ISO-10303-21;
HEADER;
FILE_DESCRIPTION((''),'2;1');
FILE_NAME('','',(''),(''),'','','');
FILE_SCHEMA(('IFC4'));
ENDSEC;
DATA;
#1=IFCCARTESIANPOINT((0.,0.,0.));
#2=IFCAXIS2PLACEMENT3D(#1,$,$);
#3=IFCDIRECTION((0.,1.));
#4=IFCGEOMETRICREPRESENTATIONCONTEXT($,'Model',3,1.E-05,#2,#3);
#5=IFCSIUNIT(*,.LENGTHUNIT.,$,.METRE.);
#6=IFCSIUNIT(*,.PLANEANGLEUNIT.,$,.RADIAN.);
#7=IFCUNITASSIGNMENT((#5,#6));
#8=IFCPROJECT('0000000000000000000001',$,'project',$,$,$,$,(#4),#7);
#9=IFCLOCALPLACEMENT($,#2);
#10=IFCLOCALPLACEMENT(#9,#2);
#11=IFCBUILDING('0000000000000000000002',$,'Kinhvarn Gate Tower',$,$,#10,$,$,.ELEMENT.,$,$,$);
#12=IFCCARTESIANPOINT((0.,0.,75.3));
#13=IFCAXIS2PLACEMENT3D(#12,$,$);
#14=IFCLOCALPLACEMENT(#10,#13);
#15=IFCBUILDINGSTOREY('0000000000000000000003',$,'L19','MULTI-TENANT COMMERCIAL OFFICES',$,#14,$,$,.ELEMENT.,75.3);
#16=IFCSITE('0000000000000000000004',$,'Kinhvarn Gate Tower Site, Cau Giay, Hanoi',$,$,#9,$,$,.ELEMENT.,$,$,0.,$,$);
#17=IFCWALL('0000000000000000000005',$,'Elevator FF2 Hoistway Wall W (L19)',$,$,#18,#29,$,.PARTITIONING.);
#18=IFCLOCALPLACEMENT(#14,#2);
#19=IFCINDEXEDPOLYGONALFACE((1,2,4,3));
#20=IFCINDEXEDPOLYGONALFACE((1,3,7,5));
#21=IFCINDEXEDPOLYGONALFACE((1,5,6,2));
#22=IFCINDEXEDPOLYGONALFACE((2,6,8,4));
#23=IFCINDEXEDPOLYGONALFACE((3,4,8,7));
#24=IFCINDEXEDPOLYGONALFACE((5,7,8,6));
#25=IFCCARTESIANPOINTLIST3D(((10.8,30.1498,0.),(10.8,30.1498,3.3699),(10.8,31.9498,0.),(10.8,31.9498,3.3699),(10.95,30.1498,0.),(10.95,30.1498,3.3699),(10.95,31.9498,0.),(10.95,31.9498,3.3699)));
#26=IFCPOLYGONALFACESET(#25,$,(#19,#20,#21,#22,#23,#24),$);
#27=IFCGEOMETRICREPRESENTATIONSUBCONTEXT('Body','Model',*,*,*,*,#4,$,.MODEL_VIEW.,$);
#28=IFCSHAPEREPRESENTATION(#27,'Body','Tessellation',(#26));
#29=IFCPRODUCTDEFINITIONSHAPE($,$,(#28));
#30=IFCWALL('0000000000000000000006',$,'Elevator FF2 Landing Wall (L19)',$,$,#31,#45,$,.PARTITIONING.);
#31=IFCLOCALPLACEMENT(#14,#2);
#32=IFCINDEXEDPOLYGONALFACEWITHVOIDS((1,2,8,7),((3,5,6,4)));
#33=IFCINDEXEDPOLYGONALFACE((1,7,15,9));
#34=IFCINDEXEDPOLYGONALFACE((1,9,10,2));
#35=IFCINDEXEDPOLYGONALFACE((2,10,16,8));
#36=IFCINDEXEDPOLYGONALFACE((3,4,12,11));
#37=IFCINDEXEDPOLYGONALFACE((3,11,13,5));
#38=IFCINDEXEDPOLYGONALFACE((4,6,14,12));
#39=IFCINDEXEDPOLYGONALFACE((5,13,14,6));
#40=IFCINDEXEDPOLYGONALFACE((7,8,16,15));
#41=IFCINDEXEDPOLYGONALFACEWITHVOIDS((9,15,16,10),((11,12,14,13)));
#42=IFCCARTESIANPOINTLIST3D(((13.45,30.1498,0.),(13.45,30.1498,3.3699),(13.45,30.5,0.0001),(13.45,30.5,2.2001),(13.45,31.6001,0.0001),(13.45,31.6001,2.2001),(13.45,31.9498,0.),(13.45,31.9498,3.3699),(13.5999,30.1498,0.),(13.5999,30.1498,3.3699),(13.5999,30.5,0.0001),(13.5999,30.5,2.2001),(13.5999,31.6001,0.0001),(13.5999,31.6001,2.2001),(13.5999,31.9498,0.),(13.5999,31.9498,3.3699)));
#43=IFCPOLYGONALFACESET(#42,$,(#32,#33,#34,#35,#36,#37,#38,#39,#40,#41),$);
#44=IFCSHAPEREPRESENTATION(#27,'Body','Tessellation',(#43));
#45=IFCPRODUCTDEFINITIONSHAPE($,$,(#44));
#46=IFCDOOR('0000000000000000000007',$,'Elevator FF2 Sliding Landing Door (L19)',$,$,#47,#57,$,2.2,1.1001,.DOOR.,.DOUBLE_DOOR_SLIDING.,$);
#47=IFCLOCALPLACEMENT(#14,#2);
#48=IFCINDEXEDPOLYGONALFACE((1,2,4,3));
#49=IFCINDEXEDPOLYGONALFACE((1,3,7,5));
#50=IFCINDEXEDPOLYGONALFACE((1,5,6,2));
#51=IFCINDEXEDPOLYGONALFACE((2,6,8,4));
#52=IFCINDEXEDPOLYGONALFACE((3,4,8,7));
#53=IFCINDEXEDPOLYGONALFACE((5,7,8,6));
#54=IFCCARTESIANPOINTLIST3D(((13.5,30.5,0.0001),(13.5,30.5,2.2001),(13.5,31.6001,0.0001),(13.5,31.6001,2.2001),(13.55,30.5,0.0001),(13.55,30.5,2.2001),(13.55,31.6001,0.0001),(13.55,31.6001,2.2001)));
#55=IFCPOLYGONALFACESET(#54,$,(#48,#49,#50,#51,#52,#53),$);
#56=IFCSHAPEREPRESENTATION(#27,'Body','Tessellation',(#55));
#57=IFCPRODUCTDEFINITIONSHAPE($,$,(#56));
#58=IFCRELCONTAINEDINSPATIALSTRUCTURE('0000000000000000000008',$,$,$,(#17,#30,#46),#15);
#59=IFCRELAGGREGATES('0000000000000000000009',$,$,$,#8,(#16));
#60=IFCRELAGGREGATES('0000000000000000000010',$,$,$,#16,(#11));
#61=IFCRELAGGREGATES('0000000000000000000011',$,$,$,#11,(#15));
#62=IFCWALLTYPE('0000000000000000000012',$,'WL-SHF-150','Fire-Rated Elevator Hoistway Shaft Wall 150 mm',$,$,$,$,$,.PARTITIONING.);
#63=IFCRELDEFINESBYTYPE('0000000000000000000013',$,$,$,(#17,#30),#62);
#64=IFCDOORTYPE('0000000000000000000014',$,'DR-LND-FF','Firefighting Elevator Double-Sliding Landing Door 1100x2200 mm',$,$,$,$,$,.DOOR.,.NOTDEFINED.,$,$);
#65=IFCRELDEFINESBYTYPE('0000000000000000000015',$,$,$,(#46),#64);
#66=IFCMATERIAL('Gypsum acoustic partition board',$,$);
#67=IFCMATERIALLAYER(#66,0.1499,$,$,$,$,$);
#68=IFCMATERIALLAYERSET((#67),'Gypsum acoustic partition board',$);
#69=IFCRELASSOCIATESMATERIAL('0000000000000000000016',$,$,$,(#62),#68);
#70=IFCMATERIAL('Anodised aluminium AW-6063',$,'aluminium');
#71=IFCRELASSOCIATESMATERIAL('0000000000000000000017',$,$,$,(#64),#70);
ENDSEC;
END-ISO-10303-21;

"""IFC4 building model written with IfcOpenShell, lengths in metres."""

from ifc_helpers import new_model, si_unit, direction, frame, frame_2d, origin, place, context, subcontext, project, spatial, rectangle, extrude, material, layer, layer_set, type_object, element, fill, save


model = new_model("IFC4")

# Units and contexts
model_context = context("Model", 3, precision=1e-05, world=origin(), true_north=direction((0.0, 1.0)))
body_context = subcontext(model_context, "Body", "Model", "MODEL_VIEW")
ifc_project = project(units=[si_unit("LENGTHUNIT", "METRE"), si_unit("PLANEANGLEUNIT", "RADIAN")], contexts=[model_context])

# Site, building, storey
site_placement = place(None, origin())
site = spatial("IfcSite", under=ifc_project, at=site_placement, Name="Kinhvarn Gate Tower Site, Cau Giay, Hanoi", CompositionType="ELEMENT", RefElevation=0.0)
building_placement = place(site_placement, origin())
building = spatial("IfcBuilding", under=site, at=building_placement, Name="Kinhvarn Gate Tower", CompositionType="ELEMENT")
storey_placement = place(building_placement, frame((0.0, 0.0, 75.3)))
storey = spatial("IfcBuildingStorey", under=building, at=storey_placement, Name="L19", Description="MULTI-TENANT COMMERCIAL OFFICES", CompositionType="ELEMENT", Elevation=75.3)

# Shared definitions
ifc_material_1 = material(Name="Anodised aluminium AW-6063", Category="aluminium")
ifc_material_2 = material(Name="Gypsum acoustic partition board")

# Shared definitions
ifc_layer_1 = layer(ifc_material_2, 0.1499)
ifc_layer_set_1 = layer_set([ifc_layer_1], Name="Gypsum acoustic partition board")
wall_type_1 = type_object("IfcWallType", Name="WL-SHF-150", Description="Fire-Rated Elevator Hoistway Shaft Wall 150 mm", PredefinedType="PARTITIONING", material=ifc_layer_set_1)

# Wall
wall_1_placement = place(storey_placement, frame((10.875, 30.1499, 0.0), z_axis=(0.0, 0.0, 1.0), x_axis=(0.0, 1.0, 0.0)))
element("IfcWall", 1, at=wall_1_placement, inside=storey, type_object=wall_type_1, Name="Elevator FF2 Hoistway Wall W (L19)", PredefinedType="PARTITIONING", context=body_context, shape_type="SweptSolid", body=[
    extrude(rectangle(XDim=1.8, YDim=0.1499, at=frame_2d((0.8999, 0.0))), origin(), (0.0, 0.0, 1.0), 3.3699),
])

# Wall, opening, door
wall_2_placement = place(storey_placement, frame((13.5249, 30.1499, 0.0), z_axis=(0.0, 0.0, 1.0), x_axis=(0.0, 1.0, 0.0)))
wall_2 = element("IfcWall", 2, at=wall_2_placement, inside=storey, type_object=wall_type_1, Name="Elevator FF2 Landing Wall (L19)", PredefinedType="PARTITIONING", context=body_context, shape_type="SweptSolid", body=[
    extrude(rectangle(XDim=1.8, YDim=0.1499, at=frame_2d((0.8999, 0.0))), origin(), (0.0, 0.0, 1.0), 3.3699),
])
opening_1_placement = place(wall_2_placement, frame((0.3501, 0.0, 0.0)))
opening_1 = element("IfcOpeningElement", 3, at=opening_1_placement, cuts=wall_2, PredefinedType="OPENING", context=body_context, shape_type="SweptSolid", body=[
    extrude(rectangle(XDim=1.1001, YDim=2.2, at=frame_2d((0.55, 1.1001))), frame((0.0, 0.085, 0.0), z_axis=(0.0, -1.0, 0.0), x_axis=(1.0, 0.0, 0.0)), (0.0, 0.0, 1.0), 0.1699),
])
door_type_1 = type_object("IfcDoorType", Name="DR-LND-FF", Description="Firefighting Elevator Double-Sliding Landing Door 1100x2200 mm", OperationType="NOTDEFINED", PredefinedType="DOOR", material=ifc_material_1)
door_1_placement = place(opening_1_placement, origin())
door_1 = element("IfcDoor", 4, at=door_1_placement, inside=storey, type_object=door_type_1, Name="Elevator FF2 Sliding Landing Door (L19)", OperationType="DOUBLE_DOOR_SLIDING", OverallHeight=2.2, OverallWidth=1.1001, PredefinedType="DOOR", context=body_context, shape_type="SweptSolid", body=[
    extrude(rectangle(XDim=1.1001, YDim=2.2, at=frame_2d((0.55, 1.1001))), frame((0.0, 0.0249, 0.0), z_axis=(0.0, -1.0, 0.0), x_axis=(1.0, 0.0, 0.0)), (0.0, 0.0, 1.0), 0.05),
])
fill(opening_1, door_1)

save(model, "model.ifc")
